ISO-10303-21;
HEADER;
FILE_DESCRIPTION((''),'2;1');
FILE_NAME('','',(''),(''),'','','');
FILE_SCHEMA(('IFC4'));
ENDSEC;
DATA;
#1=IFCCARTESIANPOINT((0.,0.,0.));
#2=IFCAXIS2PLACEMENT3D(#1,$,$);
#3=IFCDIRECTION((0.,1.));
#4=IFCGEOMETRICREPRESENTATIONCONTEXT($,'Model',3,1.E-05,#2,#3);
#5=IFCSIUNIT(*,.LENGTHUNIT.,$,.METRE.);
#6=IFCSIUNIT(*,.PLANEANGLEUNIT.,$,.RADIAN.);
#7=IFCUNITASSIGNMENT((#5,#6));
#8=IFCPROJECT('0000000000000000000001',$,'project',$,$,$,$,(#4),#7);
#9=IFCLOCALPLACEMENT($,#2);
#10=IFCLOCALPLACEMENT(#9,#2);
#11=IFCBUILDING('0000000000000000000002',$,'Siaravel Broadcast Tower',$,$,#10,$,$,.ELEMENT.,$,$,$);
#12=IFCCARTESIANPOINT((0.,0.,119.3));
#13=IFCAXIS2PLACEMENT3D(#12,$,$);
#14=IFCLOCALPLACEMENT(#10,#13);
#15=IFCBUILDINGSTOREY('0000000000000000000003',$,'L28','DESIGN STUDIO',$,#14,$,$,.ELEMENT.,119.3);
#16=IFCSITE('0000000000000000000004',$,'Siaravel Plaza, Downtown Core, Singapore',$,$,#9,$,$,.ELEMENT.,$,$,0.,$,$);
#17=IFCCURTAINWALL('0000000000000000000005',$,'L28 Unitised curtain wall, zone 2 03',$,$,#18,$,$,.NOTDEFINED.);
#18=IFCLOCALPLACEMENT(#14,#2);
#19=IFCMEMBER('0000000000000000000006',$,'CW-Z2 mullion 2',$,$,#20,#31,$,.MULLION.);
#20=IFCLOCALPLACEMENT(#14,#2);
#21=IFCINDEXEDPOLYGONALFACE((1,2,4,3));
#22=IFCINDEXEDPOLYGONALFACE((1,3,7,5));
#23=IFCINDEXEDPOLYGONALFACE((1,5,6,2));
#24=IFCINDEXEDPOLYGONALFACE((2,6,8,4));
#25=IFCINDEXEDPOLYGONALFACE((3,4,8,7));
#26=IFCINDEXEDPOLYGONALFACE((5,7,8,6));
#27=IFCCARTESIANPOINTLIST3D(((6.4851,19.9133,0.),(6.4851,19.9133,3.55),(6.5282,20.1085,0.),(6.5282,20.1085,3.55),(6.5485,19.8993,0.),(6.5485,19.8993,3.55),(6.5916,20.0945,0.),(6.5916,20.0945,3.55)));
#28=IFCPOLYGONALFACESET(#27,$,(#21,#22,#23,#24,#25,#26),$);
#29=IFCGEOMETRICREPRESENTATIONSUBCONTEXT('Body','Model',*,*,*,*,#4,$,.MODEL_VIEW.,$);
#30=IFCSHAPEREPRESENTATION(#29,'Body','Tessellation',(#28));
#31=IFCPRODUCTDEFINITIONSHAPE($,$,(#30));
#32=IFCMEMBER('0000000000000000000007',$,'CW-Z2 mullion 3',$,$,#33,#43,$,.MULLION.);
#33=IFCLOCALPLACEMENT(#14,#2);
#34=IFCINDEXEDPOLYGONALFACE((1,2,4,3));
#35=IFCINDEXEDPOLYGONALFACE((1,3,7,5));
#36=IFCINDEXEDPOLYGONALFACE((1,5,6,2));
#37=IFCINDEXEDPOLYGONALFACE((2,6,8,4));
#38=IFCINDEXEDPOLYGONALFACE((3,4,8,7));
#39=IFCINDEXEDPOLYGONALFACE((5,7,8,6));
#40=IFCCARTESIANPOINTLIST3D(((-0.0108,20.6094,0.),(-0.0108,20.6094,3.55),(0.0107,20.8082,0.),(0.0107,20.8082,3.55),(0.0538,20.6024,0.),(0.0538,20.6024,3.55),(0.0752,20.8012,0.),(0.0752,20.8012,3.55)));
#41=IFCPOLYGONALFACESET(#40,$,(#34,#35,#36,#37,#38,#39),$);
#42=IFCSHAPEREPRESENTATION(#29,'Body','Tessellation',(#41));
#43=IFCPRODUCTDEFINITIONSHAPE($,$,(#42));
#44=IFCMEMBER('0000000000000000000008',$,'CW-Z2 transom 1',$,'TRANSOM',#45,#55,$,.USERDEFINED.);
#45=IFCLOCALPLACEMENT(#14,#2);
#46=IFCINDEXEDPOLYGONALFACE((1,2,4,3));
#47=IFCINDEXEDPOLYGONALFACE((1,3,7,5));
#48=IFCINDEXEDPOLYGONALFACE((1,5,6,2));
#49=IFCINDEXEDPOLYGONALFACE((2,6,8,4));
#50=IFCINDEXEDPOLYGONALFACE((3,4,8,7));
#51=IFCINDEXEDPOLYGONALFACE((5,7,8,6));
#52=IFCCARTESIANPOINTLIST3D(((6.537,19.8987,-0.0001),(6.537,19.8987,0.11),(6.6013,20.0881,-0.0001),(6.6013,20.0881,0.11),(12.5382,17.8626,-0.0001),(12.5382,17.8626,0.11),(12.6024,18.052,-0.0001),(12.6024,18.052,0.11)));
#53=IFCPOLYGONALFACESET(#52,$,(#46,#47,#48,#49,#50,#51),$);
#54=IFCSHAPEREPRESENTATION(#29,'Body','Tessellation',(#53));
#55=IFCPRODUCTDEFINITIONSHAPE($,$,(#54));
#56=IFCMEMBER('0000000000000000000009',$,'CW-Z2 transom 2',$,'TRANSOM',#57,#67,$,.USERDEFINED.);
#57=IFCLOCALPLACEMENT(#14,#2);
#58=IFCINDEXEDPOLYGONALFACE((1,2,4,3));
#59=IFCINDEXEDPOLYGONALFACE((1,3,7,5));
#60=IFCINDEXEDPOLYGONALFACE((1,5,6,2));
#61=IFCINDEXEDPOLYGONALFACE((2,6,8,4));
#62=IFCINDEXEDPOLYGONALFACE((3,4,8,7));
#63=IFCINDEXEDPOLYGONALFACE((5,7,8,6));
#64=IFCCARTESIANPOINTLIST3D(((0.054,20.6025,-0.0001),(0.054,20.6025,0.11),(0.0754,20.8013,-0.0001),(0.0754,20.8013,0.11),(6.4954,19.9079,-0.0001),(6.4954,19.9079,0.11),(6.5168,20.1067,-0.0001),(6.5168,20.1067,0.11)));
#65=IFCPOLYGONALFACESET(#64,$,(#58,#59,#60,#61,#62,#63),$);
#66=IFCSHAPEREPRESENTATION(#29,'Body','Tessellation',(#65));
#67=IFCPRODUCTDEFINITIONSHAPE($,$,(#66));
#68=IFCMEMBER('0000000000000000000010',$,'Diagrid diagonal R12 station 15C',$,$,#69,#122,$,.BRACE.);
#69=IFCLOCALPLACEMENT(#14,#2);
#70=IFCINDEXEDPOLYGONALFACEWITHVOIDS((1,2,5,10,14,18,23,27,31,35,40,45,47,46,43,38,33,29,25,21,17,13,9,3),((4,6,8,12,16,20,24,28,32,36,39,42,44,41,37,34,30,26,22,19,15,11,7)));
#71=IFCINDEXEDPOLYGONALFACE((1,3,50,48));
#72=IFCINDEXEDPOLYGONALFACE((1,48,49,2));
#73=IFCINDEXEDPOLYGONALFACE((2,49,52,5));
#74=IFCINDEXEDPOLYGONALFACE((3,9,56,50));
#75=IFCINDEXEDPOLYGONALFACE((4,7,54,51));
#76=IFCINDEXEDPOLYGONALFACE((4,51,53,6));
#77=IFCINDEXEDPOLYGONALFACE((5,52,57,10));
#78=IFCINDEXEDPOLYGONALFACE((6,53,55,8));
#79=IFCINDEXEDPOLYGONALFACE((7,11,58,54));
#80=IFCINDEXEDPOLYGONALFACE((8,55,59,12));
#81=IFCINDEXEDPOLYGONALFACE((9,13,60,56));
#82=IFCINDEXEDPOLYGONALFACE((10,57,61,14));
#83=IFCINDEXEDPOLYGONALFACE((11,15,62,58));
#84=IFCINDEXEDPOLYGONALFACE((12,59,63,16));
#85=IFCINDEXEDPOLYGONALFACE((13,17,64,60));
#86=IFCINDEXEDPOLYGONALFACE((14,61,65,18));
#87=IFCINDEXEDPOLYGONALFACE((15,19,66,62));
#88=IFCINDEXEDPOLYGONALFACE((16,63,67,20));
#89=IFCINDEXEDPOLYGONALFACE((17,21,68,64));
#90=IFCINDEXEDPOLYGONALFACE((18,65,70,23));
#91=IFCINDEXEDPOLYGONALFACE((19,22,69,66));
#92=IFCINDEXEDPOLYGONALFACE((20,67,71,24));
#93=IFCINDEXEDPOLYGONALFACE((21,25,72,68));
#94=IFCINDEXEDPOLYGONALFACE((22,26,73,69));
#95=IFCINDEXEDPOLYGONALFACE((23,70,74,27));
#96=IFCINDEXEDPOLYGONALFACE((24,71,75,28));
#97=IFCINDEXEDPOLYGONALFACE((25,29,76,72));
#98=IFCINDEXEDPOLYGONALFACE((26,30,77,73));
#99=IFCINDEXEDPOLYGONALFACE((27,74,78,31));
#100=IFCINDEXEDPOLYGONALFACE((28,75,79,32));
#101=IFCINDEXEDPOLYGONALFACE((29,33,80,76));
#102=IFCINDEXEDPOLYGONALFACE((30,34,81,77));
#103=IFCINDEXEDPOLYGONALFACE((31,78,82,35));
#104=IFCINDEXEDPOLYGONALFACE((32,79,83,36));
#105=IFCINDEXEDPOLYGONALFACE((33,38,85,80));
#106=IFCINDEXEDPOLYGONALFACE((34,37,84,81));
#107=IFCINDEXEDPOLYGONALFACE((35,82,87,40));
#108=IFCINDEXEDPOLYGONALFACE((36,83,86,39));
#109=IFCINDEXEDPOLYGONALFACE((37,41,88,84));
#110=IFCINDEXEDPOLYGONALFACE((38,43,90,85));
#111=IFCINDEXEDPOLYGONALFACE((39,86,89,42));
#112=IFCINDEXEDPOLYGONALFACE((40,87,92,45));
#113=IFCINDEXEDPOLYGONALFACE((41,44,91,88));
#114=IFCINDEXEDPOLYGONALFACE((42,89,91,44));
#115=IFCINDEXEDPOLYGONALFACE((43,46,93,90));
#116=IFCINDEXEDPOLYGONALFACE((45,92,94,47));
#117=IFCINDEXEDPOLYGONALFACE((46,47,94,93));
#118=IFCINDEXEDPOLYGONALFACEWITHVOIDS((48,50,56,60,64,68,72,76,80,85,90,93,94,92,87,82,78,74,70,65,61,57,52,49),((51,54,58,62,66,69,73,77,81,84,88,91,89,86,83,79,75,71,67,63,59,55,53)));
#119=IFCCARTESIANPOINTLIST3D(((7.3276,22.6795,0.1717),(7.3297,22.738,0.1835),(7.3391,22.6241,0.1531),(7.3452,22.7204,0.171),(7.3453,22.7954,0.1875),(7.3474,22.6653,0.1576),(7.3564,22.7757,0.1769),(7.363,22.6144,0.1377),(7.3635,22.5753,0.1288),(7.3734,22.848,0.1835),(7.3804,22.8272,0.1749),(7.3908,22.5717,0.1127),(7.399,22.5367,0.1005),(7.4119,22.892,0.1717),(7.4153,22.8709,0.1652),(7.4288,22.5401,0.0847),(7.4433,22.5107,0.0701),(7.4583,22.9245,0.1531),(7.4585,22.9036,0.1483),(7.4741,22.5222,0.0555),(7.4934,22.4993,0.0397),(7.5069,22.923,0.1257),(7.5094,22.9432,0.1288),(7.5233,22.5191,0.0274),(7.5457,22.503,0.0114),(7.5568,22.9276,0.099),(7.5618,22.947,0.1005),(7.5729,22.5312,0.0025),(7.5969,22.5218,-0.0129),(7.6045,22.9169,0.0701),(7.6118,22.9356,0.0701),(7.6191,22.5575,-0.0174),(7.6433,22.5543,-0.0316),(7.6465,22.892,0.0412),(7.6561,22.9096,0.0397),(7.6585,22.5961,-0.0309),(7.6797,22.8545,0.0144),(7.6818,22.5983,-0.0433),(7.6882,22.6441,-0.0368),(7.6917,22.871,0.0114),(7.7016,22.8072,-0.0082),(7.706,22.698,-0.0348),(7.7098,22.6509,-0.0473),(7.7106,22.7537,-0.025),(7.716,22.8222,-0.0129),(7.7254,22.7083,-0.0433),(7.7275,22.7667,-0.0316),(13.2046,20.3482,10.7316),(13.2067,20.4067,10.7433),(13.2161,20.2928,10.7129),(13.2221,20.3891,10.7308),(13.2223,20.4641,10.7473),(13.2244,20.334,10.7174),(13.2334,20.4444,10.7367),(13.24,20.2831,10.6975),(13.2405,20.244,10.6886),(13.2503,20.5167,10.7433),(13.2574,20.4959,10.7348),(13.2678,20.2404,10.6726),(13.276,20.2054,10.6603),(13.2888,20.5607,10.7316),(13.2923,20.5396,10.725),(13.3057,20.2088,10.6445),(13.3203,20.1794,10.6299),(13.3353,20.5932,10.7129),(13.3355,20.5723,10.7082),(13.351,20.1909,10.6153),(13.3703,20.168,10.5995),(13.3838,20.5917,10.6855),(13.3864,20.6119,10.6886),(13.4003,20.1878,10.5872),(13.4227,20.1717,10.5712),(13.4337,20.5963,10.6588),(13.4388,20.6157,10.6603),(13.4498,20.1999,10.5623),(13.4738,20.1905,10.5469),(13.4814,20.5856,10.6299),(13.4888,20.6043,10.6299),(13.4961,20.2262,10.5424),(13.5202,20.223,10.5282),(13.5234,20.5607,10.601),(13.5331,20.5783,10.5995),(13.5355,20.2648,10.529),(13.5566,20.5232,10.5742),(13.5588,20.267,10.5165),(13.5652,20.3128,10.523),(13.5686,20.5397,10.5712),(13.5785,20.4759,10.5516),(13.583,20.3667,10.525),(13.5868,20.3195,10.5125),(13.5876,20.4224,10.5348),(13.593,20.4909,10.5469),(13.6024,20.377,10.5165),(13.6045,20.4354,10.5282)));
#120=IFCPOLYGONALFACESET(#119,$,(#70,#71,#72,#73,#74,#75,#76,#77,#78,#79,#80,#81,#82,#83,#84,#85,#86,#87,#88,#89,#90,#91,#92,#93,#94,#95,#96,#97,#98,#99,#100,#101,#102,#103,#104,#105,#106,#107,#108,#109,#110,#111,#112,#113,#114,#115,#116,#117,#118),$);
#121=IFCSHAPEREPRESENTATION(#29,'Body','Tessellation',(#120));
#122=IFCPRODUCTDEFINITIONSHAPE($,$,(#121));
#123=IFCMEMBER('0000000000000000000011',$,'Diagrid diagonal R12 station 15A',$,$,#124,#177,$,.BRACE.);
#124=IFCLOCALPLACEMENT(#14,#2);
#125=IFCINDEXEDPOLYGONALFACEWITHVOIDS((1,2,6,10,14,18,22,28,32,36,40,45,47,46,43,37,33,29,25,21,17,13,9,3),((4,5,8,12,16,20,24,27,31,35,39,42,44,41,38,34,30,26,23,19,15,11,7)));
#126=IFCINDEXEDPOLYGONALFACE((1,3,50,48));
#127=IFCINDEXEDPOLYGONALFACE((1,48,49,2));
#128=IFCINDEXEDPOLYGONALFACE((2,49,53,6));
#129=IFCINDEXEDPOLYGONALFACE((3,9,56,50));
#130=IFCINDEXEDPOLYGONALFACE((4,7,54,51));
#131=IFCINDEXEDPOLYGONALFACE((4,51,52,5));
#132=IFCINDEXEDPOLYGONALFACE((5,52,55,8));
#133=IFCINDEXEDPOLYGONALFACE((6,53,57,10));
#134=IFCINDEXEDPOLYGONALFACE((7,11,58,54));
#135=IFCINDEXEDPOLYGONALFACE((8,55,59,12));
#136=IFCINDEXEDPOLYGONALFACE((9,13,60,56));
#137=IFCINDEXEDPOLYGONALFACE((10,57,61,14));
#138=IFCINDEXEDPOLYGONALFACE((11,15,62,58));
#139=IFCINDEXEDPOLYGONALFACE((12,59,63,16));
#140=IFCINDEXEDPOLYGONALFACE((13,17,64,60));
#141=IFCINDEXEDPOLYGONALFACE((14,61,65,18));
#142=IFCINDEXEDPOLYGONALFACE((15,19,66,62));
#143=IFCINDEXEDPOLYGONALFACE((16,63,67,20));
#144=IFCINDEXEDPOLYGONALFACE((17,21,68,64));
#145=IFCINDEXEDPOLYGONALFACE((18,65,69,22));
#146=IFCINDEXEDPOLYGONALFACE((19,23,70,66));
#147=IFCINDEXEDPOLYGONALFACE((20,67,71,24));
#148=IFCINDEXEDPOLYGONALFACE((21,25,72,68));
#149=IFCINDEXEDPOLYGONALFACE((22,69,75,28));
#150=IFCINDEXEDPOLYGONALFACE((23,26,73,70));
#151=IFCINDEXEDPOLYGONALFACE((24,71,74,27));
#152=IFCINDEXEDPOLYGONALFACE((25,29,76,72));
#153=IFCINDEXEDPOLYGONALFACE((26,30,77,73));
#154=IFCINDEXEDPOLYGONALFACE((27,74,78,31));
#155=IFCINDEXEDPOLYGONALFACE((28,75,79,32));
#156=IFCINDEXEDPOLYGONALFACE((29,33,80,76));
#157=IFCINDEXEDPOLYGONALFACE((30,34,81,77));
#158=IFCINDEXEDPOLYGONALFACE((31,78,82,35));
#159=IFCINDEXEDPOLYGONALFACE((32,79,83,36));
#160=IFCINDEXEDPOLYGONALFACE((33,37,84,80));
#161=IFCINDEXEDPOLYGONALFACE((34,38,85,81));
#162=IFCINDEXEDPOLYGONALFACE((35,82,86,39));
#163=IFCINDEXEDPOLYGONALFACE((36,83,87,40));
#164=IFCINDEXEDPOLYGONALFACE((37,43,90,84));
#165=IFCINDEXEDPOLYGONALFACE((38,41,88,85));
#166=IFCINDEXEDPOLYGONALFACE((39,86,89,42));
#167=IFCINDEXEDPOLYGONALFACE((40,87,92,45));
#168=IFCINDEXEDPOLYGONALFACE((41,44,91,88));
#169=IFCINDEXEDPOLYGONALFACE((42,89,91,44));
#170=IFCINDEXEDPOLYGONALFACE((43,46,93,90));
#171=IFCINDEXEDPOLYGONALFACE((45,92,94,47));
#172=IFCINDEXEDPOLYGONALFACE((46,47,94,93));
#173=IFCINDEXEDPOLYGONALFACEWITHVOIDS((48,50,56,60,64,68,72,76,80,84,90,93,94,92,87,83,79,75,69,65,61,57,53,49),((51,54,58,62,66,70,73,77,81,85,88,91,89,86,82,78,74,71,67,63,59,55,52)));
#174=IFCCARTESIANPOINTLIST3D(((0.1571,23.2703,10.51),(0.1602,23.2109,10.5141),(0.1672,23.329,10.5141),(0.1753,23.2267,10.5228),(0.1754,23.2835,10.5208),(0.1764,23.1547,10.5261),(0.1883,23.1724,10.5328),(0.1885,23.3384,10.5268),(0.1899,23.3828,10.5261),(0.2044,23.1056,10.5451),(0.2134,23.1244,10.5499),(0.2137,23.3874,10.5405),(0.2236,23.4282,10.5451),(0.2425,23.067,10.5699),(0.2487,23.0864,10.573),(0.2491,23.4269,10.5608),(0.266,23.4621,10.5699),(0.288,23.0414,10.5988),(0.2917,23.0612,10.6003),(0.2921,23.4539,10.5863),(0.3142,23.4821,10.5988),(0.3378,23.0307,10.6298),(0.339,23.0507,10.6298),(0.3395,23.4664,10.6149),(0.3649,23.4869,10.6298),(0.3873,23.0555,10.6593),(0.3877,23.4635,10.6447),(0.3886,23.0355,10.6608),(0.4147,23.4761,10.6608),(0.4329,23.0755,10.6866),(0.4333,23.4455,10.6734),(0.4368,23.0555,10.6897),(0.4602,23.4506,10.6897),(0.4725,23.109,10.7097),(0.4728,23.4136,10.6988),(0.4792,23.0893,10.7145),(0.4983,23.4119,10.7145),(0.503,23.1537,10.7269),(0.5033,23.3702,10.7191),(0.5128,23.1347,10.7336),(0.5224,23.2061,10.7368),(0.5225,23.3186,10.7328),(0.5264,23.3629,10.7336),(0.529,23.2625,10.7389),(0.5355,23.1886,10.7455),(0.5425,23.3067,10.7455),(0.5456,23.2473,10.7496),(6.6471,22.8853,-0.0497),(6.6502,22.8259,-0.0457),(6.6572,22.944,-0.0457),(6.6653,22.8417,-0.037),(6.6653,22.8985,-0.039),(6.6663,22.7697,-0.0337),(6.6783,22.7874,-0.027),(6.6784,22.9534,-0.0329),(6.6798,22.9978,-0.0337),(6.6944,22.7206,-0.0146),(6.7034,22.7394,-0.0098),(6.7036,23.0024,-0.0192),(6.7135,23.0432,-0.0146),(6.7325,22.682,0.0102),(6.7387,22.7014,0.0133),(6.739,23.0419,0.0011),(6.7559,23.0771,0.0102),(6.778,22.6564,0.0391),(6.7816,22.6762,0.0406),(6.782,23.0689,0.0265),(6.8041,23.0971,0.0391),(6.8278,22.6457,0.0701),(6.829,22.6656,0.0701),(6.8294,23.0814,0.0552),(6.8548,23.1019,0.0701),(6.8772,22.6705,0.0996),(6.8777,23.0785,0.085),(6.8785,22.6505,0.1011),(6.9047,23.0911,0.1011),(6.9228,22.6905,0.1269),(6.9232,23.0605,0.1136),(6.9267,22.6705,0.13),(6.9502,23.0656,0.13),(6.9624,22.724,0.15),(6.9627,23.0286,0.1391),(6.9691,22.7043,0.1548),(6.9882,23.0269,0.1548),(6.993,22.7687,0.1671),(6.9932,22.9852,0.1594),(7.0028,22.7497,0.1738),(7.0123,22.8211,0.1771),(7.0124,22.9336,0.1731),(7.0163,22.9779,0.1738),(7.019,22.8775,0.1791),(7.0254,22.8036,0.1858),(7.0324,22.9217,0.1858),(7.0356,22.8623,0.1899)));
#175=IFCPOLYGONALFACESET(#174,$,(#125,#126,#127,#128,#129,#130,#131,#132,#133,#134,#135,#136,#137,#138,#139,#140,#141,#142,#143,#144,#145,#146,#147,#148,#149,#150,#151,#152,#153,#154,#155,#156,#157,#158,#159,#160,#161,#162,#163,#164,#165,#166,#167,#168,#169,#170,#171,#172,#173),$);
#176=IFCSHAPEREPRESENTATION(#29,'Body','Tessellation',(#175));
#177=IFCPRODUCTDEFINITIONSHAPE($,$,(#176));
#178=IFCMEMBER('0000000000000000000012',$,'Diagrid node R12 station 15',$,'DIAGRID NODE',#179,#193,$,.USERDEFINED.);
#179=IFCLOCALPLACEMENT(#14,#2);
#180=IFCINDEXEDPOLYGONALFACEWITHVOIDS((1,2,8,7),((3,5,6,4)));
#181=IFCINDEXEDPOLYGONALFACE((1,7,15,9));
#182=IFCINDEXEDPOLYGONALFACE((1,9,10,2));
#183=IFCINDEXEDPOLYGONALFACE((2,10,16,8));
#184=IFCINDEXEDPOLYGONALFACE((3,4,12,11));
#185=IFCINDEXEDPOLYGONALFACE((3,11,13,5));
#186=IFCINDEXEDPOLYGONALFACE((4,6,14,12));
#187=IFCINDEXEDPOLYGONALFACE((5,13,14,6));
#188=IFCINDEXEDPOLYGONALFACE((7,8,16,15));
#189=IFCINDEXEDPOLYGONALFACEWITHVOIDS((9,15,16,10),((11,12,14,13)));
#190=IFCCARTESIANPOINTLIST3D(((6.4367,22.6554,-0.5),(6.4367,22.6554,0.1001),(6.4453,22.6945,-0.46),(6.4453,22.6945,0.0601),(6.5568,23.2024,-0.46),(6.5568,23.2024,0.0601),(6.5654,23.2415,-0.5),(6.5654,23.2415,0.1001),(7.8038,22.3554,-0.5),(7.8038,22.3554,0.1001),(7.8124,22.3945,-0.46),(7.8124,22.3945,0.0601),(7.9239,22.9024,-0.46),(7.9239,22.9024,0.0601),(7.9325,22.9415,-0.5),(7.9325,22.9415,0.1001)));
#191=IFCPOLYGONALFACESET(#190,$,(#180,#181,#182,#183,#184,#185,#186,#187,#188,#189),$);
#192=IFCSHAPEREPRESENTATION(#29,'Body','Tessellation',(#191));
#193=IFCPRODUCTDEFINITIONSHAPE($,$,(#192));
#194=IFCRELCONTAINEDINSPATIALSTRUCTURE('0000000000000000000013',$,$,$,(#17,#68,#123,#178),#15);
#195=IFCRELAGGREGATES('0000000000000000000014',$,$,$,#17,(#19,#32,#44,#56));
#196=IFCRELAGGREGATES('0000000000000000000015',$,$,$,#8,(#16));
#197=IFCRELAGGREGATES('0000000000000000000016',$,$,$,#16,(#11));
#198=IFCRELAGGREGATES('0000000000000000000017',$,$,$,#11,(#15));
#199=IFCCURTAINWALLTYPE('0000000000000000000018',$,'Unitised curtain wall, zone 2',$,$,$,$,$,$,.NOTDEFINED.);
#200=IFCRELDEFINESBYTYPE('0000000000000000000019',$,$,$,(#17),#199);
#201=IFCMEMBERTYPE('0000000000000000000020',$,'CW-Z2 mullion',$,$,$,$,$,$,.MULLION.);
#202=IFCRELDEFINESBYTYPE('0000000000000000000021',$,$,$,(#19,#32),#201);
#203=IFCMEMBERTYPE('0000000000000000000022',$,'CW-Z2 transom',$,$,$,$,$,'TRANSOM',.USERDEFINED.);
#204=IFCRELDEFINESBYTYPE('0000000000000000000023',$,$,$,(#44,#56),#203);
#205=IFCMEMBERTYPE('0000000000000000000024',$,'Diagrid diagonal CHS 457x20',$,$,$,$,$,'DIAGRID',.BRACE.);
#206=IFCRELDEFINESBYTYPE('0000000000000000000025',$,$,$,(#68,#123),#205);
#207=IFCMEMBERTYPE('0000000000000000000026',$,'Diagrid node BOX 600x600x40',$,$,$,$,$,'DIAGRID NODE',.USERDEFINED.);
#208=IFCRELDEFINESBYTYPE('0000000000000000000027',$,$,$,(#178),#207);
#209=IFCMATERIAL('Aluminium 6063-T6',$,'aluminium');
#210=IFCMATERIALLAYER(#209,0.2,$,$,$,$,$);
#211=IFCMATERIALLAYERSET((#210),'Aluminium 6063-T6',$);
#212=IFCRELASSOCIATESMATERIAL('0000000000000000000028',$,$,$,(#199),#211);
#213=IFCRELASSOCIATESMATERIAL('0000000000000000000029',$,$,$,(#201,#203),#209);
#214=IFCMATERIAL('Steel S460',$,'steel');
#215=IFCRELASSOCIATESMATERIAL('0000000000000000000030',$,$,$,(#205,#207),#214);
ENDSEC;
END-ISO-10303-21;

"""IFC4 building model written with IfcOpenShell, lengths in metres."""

from ifc_helpers import new_model, si_unit, direction, frame, origin, origin_2d, place, context, subcontext, project, spatial, rectangle, hollow_rectangle, hollow_circle, extrude, material, layer, layer_set, material_profile, profile_set, type_object, element, aggregate, save


model = new_model("IFC4")

# Units and contexts
model_context = context("Model", 3, precision=1e-05, world=origin(), true_north=direction((0.0, 1.0)))
body_context = subcontext(model_context, "Body", "Model", "MODEL_VIEW")
ifc_project = project(units=[si_unit("LENGTHUNIT", "METRE"), si_unit("PLANEANGLEUNIT", "RADIAN")], contexts=[model_context])

# Site, building, storey
site_placement = place(None, origin())
site = spatial("IfcSite", under=ifc_project, at=site_placement, Name="Siaravel Plaza, Downtown Core, Singapore", CompositionType="ELEMENT", RefElevation=0.0)
building_placement = place(site_placement, origin())
building = spatial("IfcBuilding", under=site, at=building_placement, Name="Siaravel Broadcast Tower", CompositionType="ELEMENT")
storey_placement = place(building_placement, frame((0.0, 0.0, 119.3)))
storey = spatial("IfcBuildingStorey", under=building, at=storey_placement, Name="L28", Description="DESIGN STUDIO", CompositionType="ELEMENT", Elevation=119.3)

# Curtain wall, members
ifc_material_1 = material(Name="Aluminium 6063-T6", Category="aluminium")
ifc_layer_1 = layer(ifc_material_1, 0.2)
ifc_layer_set_1 = layer_set([ifc_layer_1], Name="Aluminium 6063-T6")
curtain_wall_type = type_object("IfcCurtainWallType", Name="Unitised curtain wall, zone 2", PredefinedType="NOTDEFINED", material=ifc_layer_set_1)
curtain_wall_placement = place(storey_placement, origin())
curtain_wall = element("IfcCurtainWall", 1, at=curtain_wall_placement, inside=storey, type_object=curtain_wall_type, Name="L28 Unitised curtain wall, zone 2 03", PredefinedType="NOTDEFINED")
ifc_material_profile_1 = material_profile(ifc_material_1, rectangle(XDim=0.2, YDim=0.0649, at=origin_2d()))
ifc_profile_set_1 = profile_set([ifc_material_profile_1], Name="Aluminium 6063-T6")
member_type_1 = type_object("IfcMemberType", Name="CW-Z2 mullion", PredefinedType="MULLION", material=ifc_profile_set_1)
member_1_placement = place(storey_placement, frame((6.5383, 20.0039, 0.0), z_axis=(0.0, 0.0, 1.0), x_axis=(-0.215558, -0.976491, 0.0)))
member_1 = element("IfcMember", 2, at=member_1_placement, type_object=member_type_1, Name="CW-Z2 mullion 2", PredefinedType="MULLION", context=body_context, shape_type="SweptSolid", body=[
    extrude(rectangle(XDim=0.2, YDim=0.0649, at=origin_2d()), origin(), (0.0, 0.0, 1.0), 3.55),
])
member_2_placement = place(storey_placement, frame((0.0322, 20.7053, 0.0), z_axis=(0.0, 0.0, 1.0), x_axis=(-0.107217, -0.994236, 0.0)))
member_2 = element("IfcMember", 3, at=member_2_placement, type_object=member_type_1, Name="CW-Z2 mullion 3", PredefinedType="MULLION", context=body_context, shape_type="SweptSolid", body=[
    extrude(rectangle(XDim=0.2, YDim=0.0649, at=origin_2d()), origin(), (0.0, 0.0, 1.0), 3.55),
])
ifc_material_profile_2 = material_profile(ifc_material_1, rectangle(XDim=0.2, YDim=0.1101, at=origin_2d()))
ifc_profile_set_2 = profile_set([ifc_material_profile_2], Name="Aluminium 6063-T6")
member_type_2 = type_object("IfcMemberType", Name="CW-Z2 transom", ElementType="TRANSOM", PredefinedType="USERDEFINED", material=ifc_profile_set_2)
member_3_placement = place(storey_placement, frame((12.5703, 17.9573, 0.0549), z_axis=(-0.946978, 0.321297, 0.0), x_axis=(-0.321297, -0.946978, 0.0)))
member_3 = element("IfcMember", 4, at=member_3_placement, type_object=member_type_2, Name="CW-Z2 transom 1", ObjectType="TRANSOM", PredefinedType="USERDEFINED", context=body_context, shape_type="SweptSolid", body=[
    extrude(rectangle(XDim=0.2, YDim=0.1101, at=origin_2d()), origin(), (0.0, 0.0, 1.0), 6.3372),
])
member_4_placement = place(storey_placement, frame((6.5061, 20.0073, 0.0549), z_axis=(-0.994237, 0.107209, 0.0), x_axis=(-0.107209, -0.994237, 0.0)))
member_4 = element("IfcMember", 5, at=member_4_placement, type_object=member_type_2, Name="CW-Z2 transom 2", ObjectType="TRANSOM", PredefinedType="USERDEFINED", context=body_context, shape_type="SweptSolid", body=[
    extrude(rectangle(XDim=0.2, YDim=0.1101, at=origin_2d()), origin(), (0.0, 0.0, 1.0), 6.4788),
])

# Members
ifc_material_2 = material(Name="Steel S460", Category="steel")
ifc_material_profile_3 = material_profile(ifc_material_2, hollow_circle(Radius=0.2285, WallThickness=0.02, at=origin_2d()))
ifc_profile_set_3 = profile_set([ifc_material_profile_3], Name="Steel S460")
member_type_3 = type_object("IfcMemberType", Name="Diagrid diagonal CHS 457x20", ElementType="DIAGRID", PredefinedType="BRACE", material=ifc_profile_set_3)
member_5_placement = place(storey_placement, frame((7.5276, 22.7231, 0.0701), z_axis=(0.477496, -0.189416, 0.857974), x_axis=(0.368733, 0.929535, 0.0)))
element("IfcMember", 6, at=member_5_placement, inside=storey, type_object=member_type_3, Name="Diagrid diagonal R12 station 15C", PredefinedType="BRACE", context=body_context, shape_type="SweptSolid", body=[
    extrude(hollow_circle(Radius=0.2285, WallThickness=0.02, at=origin_2d()), origin(), (0.0, 0.0, 1.0), 12.3079),
])
member_6_placement = place(storey_placement, frame((6.8413, 22.8738, 0.0701), z_axis=(-0.523356, 0.031047, 0.851548), x_axis=(-0.05922, -0.998245, 0.0)))
element("IfcMember", 7, at=member_6_placement, inside=storey, type_object=member_type_3, Name="Diagrid diagonal R12 station 15A", PredefinedType="BRACE", context=body_context, shape_type="SweptSolid", body=[
    extrude(hollow_circle(Radius=0.2285, WallThickness=0.02, at=origin_2d()), origin(), (0.0, 0.0, 1.0), 12.4006),
])
ifc_material_profile_4 = material_profile(ifc_material_2, hollow_rectangle(XDim=0.6001, YDim=0.6001, WallThickness=0.04, at=origin_2d()))
ifc_profile_set_4 = profile_set([ifc_material_profile_4], Name="Steel S460")
member_type_4 = type_object("IfcMemberType", Name="Diagrid node BOX 600x600x40", ElementType="DIAGRID NODE", PredefinedType="USERDEFINED", material=ifc_profile_set_4)
member_7_placement = place(storey_placement, frame((7.8682, 22.6484, -0.2), z_axis=(-0.976754, 0.214363, 0.0), x_axis=(-0.214363, -0.976754, 0.0)))
element("IfcMember", 8, at=member_7_placement, inside=storey, type_object=member_type_4, Name="Diagrid node R12 station 15", ObjectType="DIAGRID NODE", PredefinedType="USERDEFINED", context=body_context, shape_type="SweptSolid", body=[
    extrude(hollow_rectangle(XDim=0.6001, YDim=0.6001, WallThickness=0.04, at=origin_2d()), origin(), (0.0, 0.0, 1.0), 1.3997),
])

aggregate(curtain_wall, [member_1, member_2, member_3, member_4])

save(model, "model.ifc")
